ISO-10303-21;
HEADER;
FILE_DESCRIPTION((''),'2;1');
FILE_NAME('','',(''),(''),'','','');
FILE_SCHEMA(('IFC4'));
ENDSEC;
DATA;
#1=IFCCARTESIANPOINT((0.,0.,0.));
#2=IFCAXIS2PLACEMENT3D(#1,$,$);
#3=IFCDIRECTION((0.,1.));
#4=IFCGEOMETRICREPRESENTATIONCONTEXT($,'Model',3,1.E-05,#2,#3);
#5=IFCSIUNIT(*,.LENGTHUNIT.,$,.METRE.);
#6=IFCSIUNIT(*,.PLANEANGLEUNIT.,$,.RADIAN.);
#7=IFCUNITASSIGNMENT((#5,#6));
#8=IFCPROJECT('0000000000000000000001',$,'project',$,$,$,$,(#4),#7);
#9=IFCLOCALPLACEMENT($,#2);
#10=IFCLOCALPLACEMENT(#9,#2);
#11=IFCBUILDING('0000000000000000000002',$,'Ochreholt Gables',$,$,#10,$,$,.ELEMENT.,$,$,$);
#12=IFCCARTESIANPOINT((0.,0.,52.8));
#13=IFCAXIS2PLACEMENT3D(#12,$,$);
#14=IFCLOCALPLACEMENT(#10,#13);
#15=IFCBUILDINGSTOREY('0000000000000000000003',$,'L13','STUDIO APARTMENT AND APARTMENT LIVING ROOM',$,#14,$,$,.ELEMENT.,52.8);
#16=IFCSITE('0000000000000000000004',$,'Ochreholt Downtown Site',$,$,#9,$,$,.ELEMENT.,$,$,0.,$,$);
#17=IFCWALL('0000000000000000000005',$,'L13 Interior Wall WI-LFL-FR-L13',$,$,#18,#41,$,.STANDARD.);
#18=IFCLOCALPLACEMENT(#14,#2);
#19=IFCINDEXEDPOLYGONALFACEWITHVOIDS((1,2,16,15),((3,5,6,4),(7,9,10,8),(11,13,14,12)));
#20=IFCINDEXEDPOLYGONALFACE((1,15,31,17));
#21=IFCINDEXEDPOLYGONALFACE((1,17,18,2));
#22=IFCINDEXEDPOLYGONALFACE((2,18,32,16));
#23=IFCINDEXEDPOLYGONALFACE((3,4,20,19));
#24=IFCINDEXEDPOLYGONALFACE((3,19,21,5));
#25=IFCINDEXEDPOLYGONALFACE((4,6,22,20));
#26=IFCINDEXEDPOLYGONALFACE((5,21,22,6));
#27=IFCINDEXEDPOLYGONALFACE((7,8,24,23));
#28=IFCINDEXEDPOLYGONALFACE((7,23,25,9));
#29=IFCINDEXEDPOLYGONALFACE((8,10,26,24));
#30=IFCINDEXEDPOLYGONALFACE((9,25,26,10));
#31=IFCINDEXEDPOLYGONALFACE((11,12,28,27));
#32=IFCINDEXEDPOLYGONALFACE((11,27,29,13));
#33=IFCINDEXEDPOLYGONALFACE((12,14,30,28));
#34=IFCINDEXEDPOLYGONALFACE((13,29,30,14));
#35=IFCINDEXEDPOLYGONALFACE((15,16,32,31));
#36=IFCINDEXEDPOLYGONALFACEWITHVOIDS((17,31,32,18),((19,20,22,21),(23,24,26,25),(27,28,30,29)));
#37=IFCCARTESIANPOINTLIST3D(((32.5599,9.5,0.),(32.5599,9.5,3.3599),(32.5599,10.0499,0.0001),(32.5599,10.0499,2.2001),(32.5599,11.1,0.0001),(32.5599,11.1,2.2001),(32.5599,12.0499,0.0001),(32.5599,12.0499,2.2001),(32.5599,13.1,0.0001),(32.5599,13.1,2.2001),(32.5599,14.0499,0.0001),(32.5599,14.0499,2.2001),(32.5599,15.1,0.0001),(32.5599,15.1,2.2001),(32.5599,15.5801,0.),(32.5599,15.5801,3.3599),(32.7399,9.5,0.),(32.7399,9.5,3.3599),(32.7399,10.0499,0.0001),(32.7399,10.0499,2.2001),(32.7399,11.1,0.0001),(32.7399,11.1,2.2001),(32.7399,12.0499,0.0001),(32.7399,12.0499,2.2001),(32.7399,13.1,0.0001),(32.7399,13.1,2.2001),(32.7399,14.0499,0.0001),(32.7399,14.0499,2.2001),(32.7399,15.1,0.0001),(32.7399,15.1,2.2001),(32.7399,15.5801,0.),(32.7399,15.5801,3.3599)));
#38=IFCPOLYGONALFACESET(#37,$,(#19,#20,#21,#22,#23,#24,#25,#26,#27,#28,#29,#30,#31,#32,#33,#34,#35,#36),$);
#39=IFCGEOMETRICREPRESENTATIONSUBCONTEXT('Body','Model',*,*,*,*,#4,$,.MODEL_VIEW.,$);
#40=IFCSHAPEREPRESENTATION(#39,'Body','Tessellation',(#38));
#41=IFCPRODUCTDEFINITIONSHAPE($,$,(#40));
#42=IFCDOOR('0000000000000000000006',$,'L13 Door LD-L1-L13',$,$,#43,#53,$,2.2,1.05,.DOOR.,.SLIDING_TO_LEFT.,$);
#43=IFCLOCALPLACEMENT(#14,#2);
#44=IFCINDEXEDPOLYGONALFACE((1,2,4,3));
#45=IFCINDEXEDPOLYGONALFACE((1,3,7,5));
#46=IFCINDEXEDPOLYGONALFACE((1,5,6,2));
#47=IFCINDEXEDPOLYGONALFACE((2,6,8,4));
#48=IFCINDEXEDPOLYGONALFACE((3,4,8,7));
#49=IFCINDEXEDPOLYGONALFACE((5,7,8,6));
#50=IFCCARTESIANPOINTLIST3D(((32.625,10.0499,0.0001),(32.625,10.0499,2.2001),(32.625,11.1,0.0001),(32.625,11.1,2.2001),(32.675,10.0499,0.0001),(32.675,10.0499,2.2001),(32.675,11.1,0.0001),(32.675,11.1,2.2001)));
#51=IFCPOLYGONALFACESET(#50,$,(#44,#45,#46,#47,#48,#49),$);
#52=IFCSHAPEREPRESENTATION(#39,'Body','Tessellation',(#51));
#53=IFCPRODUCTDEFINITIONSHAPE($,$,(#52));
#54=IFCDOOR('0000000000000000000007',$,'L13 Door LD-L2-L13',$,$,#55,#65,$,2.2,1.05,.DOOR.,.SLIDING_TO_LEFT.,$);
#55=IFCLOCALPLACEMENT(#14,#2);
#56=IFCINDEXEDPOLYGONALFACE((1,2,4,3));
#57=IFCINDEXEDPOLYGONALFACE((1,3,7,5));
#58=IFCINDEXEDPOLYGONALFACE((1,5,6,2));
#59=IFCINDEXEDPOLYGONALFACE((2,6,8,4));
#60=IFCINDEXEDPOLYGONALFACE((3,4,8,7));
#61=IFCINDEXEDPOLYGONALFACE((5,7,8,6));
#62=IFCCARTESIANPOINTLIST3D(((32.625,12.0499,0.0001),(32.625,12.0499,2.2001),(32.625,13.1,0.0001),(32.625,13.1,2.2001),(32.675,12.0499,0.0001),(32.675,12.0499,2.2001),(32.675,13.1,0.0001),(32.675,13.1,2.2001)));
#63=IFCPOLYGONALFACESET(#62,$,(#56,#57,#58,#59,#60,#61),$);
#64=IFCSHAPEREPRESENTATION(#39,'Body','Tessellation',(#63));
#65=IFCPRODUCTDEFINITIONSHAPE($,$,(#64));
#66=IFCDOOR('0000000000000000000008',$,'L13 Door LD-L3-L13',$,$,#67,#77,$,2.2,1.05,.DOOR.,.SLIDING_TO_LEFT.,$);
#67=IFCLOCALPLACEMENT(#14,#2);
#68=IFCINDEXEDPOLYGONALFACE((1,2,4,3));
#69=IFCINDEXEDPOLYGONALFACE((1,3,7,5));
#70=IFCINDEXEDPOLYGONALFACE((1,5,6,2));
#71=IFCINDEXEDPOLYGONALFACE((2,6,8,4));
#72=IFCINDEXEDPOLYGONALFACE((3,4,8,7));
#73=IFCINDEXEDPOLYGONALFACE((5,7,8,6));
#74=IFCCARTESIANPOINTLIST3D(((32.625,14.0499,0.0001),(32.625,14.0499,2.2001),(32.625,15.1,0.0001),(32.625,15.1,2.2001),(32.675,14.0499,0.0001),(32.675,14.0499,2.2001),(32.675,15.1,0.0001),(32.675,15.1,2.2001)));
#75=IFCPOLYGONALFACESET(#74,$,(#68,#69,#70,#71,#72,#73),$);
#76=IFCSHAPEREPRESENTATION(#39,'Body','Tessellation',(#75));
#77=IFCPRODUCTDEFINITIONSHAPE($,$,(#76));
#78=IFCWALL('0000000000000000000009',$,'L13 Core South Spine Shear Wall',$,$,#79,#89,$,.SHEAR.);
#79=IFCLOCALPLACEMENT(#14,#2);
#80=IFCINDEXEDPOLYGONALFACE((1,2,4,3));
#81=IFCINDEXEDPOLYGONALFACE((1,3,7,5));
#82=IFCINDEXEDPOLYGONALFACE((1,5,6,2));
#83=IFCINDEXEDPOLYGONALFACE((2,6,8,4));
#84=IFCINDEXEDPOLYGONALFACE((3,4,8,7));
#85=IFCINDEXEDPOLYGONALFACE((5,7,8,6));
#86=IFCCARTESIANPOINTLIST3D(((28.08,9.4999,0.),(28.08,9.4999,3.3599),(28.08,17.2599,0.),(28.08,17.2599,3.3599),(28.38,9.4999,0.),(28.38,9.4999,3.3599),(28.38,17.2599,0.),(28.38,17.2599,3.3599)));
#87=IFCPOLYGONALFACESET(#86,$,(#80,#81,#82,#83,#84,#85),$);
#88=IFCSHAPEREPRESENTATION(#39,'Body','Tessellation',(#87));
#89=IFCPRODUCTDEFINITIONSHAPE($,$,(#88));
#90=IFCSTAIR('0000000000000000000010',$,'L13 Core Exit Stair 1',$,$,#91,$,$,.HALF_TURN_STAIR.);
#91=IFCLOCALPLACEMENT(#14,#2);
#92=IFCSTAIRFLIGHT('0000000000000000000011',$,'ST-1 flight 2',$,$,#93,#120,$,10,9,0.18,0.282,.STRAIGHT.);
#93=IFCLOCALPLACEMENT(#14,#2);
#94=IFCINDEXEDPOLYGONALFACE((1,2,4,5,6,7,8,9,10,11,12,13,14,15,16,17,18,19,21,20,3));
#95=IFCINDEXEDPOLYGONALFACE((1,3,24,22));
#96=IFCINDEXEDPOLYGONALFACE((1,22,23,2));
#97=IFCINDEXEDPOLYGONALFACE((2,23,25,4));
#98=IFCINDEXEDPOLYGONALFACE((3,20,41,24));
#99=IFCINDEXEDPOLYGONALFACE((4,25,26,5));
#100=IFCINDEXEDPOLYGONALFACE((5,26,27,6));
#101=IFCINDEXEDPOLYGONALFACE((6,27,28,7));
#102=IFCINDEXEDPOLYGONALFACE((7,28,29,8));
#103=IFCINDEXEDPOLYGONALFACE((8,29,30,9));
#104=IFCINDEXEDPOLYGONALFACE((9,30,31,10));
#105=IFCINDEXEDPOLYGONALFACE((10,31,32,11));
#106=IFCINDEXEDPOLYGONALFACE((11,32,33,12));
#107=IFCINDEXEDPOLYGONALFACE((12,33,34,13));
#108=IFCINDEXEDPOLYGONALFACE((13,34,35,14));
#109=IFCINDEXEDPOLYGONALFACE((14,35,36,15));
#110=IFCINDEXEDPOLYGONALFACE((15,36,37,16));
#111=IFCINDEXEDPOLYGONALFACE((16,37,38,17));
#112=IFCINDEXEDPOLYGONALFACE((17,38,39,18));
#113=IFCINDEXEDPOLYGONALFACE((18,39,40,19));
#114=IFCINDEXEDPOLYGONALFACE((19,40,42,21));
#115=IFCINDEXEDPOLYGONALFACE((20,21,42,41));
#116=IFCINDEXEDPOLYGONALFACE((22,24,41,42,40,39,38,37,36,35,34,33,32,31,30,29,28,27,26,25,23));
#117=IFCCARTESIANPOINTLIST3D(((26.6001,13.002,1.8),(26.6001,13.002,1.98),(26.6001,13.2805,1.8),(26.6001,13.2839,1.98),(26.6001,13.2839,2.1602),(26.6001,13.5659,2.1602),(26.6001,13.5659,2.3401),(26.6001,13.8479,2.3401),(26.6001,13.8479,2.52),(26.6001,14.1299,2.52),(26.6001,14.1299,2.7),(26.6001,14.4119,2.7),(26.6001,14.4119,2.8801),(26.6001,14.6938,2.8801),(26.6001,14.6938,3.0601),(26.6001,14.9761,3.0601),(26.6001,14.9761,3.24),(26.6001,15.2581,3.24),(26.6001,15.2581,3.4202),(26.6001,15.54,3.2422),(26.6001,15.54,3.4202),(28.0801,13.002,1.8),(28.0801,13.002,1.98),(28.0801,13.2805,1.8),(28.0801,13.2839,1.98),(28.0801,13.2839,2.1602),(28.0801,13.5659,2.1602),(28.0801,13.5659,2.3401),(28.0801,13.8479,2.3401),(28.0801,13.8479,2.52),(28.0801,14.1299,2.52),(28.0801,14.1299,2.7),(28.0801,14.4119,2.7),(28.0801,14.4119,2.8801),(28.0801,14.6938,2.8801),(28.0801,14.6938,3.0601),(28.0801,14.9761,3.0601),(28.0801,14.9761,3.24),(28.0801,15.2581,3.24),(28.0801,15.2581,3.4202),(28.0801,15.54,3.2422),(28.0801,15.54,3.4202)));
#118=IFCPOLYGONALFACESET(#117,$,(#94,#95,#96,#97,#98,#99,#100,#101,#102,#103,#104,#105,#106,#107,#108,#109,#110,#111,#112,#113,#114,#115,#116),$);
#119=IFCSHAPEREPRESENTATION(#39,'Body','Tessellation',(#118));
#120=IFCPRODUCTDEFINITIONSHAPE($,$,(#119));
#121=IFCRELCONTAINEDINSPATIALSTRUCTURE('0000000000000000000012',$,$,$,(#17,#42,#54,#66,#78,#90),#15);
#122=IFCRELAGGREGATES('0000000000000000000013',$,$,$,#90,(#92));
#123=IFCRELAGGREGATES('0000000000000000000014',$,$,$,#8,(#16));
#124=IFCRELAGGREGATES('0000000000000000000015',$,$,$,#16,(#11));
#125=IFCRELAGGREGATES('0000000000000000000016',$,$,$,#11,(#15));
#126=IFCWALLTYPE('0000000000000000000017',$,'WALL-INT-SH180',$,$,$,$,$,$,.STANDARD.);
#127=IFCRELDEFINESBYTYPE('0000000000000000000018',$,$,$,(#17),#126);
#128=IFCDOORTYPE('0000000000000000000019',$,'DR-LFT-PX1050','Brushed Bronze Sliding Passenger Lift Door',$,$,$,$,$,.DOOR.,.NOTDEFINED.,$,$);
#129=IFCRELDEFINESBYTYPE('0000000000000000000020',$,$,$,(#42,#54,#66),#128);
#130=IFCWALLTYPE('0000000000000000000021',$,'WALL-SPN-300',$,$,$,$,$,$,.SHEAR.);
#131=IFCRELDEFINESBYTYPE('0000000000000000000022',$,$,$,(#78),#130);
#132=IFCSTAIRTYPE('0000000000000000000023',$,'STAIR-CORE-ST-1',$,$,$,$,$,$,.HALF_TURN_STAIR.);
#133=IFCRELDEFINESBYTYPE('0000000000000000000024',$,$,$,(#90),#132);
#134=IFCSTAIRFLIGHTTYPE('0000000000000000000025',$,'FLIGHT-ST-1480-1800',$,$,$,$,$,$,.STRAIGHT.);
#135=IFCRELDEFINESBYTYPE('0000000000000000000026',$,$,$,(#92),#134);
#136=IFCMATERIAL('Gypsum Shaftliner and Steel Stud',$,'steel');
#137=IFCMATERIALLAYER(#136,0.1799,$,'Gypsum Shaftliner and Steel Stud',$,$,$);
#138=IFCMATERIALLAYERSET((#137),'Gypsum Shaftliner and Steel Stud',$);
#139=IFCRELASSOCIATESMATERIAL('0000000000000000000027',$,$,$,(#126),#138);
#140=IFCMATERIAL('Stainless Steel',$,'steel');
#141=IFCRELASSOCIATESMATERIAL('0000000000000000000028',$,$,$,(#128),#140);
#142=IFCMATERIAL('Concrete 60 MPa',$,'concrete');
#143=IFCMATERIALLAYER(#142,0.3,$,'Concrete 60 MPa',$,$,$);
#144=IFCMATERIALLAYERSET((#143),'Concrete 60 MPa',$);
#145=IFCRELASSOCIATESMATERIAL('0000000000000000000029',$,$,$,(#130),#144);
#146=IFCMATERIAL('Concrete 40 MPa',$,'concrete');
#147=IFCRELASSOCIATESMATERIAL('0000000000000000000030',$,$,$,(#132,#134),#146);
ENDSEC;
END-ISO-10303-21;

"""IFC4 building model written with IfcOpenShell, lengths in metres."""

from ifc_helpers import new_model, si_unit, direction, frame, frame_2d, origin, place, context, subcontext, project, spatial, polyline, rectangle, outline, extrude, material, layer, layer_set, type_object, element, fill, aggregate, save


model = new_model("IFC4")

# Units and contexts
model_context = context("Model", 3, precision=1e-05, world=origin(), true_north=direction((0.0, 1.0)))
body_context = subcontext(model_context, "Body", "Model", "MODEL_VIEW")
ifc_project = project(units=[si_unit("LENGTHUNIT", "METRE"), si_unit("PLANEANGLEUNIT", "RADIAN")], contexts=[model_context])

# Site, building, storey
site_placement = place(None, origin())
site = spatial("IfcSite", under=ifc_project, at=site_placement, Name="Ochreholt Downtown Site", CompositionType="ELEMENT", RefElevation=0.0)
building_placement = place(site_placement, origin())
building = spatial("IfcBuilding", under=site, at=building_placement, Name="Ochreholt Gables", CompositionType="ELEMENT")
storey_placement = place(building_placement, frame((0.0, 0.0, 52.8)))
storey = spatial("IfcBuildingStorey", under=building, at=storey_placement, Name="L13", Description="STUDIO APARTMENT AND APARTMENT LIVING ROOM", CompositionType="ELEMENT", Elevation=52.8)

# Shared definitions
ifc_material_1 = material(Name="Concrete 60 MPa", Category="concrete")

# Shared definitions
ifc_material_2 = material(Name="Gypsum Shaftliner and Steel Stud", Category="steel")

# Wall, openings, doors
ifc_layer_1 = layer(ifc_material_2, 0.1799, Name="Gypsum Shaftliner and Steel Stud")
ifc_layer_set_1 = layer_set([ifc_layer_1], Name="Gypsum Shaftliner and Steel Stud")
wall_type_1 = type_object("IfcWallType", Name="WALL-INT-SH180", PredefinedType="STANDARD", material=ifc_layer_set_1)
wall_1_placement = place(storey_placement, frame((32.6499, 9.5, 0.0), z_axis=(0.0, 0.0, 1.0), x_axis=(0.0, 1.0, 0.0)))
wall_1 = element("IfcWall", 1, at=wall_1_placement, inside=storey, type_object=wall_type_1, Name="L13 Interior Wall WI-LFL-FR-L13", PredefinedType="STANDARD", context=body_context, shape_type="SweptSolid", body=[
    extrude(rectangle(XDim=6.0801, YDim=0.1799, at=frame_2d((3.04, 0.0))), origin(), (0.0, 0.0, 1.0), 3.3599),
])
opening_1_placement = place(wall_1_placement, frame((0.55, 0.0, 0.0)))
opening_1 = element("IfcOpeningElement", 2, at=opening_1_placement, cuts=wall_1, PredefinedType="OPENING", context=body_context, shape_type="SweptSolid", body=[
    extrude(rectangle(XDim=1.05, YDim=2.2, at=frame_2d((0.5249, 1.1001))), frame((0.0, 0.0999, 0.0), z_axis=(0.0, -1.0, 0.0), x_axis=(1.0, 0.0, 0.0)), (0.0, 0.0, 1.0), 0.2),
])
opening_2_placement = place(wall_1_placement, frame((2.55, 0.0, 0.0)))
opening_2 = element("IfcOpeningElement", 3, at=opening_2_placement, cuts=wall_1, PredefinedType="OPENING", context=body_context, shape_type="SweptSolid", body=[
    extrude(rectangle(XDim=1.05, YDim=2.2, at=frame_2d((0.5249, 1.1001))), frame((0.0, 0.0999, 0.0), z_axis=(0.0, -1.0, 0.0), x_axis=(1.0, 0.0, 0.0)), (0.0, 0.0, 1.0), 0.2),
])
opening_3_placement = place(wall_1_placement, frame((4.55, 0.0, 0.0)))
opening_3 = element("IfcOpeningElement", 4, at=opening_3_placement, cuts=wall_1, PredefinedType="OPENING", context=body_context, shape_type="SweptSolid", body=[
    extrude(rectangle(XDim=1.05, YDim=2.2, at=frame_2d((0.5249, 1.1001))), frame((0.0, 0.0999, 0.0), z_axis=(0.0, -1.0, 0.0), x_axis=(1.0, 0.0, 0.0)), (0.0, 0.0, 1.0), 0.2),
])
ifc_material_3 = material(Name="Stainless Steel", Category="steel")
door_type_1 = type_object("IfcDoorType", Name="DR-LFT-PX1050", Description="Brushed Bronze Sliding Passenger Lift Door", OperationType="NOTDEFINED", PredefinedType="DOOR", material=ifc_material_3)
door_1_placement = place(opening_1_placement, origin())
door_1 = element("IfcDoor", 5, at=door_1_placement, inside=storey, type_object=door_type_1, Name="L13 Door LD-L1-L13", OperationType="SLIDING_TO_LEFT", OverallHeight=2.2, OverallWidth=1.05, PredefinedType="DOOR", context=body_context, shape_type="SweptSolid", body=[
    extrude(rectangle(XDim=1.05, YDim=2.2, at=frame_2d((0.5249, 1.1001))), frame((0.0, 0.0249, 0.0), z_axis=(0.0, -1.0, 0.0), x_axis=(1.0, 0.0, 0.0)), (0.0, 0.0, 1.0), 0.05),
])
fill(opening_1, door_1)
door_2_placement = place(opening_2_placement, origin())
door_2 = element("IfcDoor", 6, at=door_2_placement, inside=storey, type_object=door_type_1, Name="L13 Door LD-L2-L13", OperationType="SLIDING_TO_LEFT", OverallHeight=2.2, OverallWidth=1.05, PredefinedType="DOOR", context=body_context, shape_type="SweptSolid", body=[
    extrude(rectangle(XDim=1.05, YDim=2.2, at=frame_2d((0.5249, 1.1001))), frame((0.0, 0.0249, 0.0), z_axis=(0.0, -1.0, 0.0), x_axis=(1.0, 0.0, 0.0)), (0.0, 0.0, 1.0), 0.05),
])
fill(opening_2, door_2)
door_3_placement = place(opening_3_placement, origin())
door_3 = element("IfcDoor", 7, at=door_3_placement, inside=storey, type_object=door_type_1, Name="L13 Door LD-L3-L13", OperationType="SLIDING_TO_LEFT", OverallHeight=2.2, OverallWidth=1.05, PredefinedType="DOOR", context=body_context, shape_type="SweptSolid", body=[
    extrude(rectangle(XDim=1.05, YDim=2.2, at=frame_2d((0.5249, 1.1001))), frame((0.0, 0.0249, 0.0), z_axis=(0.0, -1.0, 0.0), x_axis=(1.0, 0.0, 0.0)), (0.0, 0.0, 1.0), 0.05),
])
fill(opening_3, door_3)

# Wall
ifc_layer_2 = layer(ifc_material_1, 0.3, Name="Concrete 60 MPa")
ifc_layer_set_2 = layer_set([ifc_layer_2], Name="Concrete 60 MPa")
wall_type_2 = type_object("IfcWallType", Name="WALL-SPN-300", PredefinedType="SHEAR", material=ifc_layer_set_2)
wall_2_placement = place(storey_placement, frame((28.23, 9.5, 0.0), z_axis=(0.0, 0.0, 1.0), x_axis=(0.0, 1.0, 0.0)))
element("IfcWall", 8, at=wall_2_placement, inside=storey, type_object=wall_type_2, Name="L13 Core South Spine Shear Wall", PredefinedType="SHEAR", context=body_context, shape_type="SweptSolid", body=[
    extrude(rectangle(XDim=7.76, YDim=0.3, at=frame_2d((3.8799, 0.0))), origin(), (0.0, 0.0, 1.0), 3.3599),
])

# Stair, stair flight
ifc_material_4 = material(Name="Concrete 40 MPa", Category="concrete")
stair_type = type_object("IfcStairType", Name="STAIR-CORE-ST-1", PredefinedType="HALF_TURN_STAIR", material=ifc_material_4)
stair_placement = place(storey_placement, origin())
stair = element("IfcStair", 9, at=stair_placement, inside=storey, type_object=stair_type, Name="L13 Core Exit Stair 1", PredefinedType="HALF_TURN_STAIR")
stair_flight_type = type_object("IfcStairFlightType", Name="FLIGHT-ST-1480-1800", PredefinedType="STRAIGHT", material=ifc_material_4)
stair_flight_placement = place(storey_placement, frame((27.3401, 13.002, 1.8), z_axis=(0.0, 0.0, 1.0), x_axis=(0.0, 1.0, 0.0)))
stair_flight = element("IfcStairFlight", 10, at=stair_flight_placement, type_object=stair_flight_type, Name="ST-1 flight 2", NumberOfRisers=10, NumberOfTreads=9, PredefinedType="STRAIGHT", RiserHeight=0.18, TreadLength=0.282, context=body_context, shape_type="SweptSolid", body=[
    extrude(outline(polyline([(0.0, 0.0), (0.0, 0.1799), (0.282, 0.1799), (0.282, 0.3601), (0.564, 0.3601), (0.564, 0.54), (0.8459, 0.54), (0.8459, 0.72), (1.1279, 0.72), (1.1279, 0.8999), (1.4099, 0.8999), (1.4099, 1.0801), (1.6919, 1.0801), (1.6919, 1.26), (1.9741, 1.26), (1.9741, 1.4399), (2.2561, 1.4399), (2.2561, 1.6201), (2.5381, 1.6201), (2.5381, 1.8), (2.5381, 1.4421), (0.2786, 0.0), (0.0, 0.0)])), frame((0.0, 0.74, 0.0), z_axis=(0.0, -1.0, 0.0), x_axis=(1.0, 0.0, 0.0)), (0.0, 0.0, 1.0), 1.48),
])
aggregate(stair, [stair_flight])

save(model, "model.ifc")
